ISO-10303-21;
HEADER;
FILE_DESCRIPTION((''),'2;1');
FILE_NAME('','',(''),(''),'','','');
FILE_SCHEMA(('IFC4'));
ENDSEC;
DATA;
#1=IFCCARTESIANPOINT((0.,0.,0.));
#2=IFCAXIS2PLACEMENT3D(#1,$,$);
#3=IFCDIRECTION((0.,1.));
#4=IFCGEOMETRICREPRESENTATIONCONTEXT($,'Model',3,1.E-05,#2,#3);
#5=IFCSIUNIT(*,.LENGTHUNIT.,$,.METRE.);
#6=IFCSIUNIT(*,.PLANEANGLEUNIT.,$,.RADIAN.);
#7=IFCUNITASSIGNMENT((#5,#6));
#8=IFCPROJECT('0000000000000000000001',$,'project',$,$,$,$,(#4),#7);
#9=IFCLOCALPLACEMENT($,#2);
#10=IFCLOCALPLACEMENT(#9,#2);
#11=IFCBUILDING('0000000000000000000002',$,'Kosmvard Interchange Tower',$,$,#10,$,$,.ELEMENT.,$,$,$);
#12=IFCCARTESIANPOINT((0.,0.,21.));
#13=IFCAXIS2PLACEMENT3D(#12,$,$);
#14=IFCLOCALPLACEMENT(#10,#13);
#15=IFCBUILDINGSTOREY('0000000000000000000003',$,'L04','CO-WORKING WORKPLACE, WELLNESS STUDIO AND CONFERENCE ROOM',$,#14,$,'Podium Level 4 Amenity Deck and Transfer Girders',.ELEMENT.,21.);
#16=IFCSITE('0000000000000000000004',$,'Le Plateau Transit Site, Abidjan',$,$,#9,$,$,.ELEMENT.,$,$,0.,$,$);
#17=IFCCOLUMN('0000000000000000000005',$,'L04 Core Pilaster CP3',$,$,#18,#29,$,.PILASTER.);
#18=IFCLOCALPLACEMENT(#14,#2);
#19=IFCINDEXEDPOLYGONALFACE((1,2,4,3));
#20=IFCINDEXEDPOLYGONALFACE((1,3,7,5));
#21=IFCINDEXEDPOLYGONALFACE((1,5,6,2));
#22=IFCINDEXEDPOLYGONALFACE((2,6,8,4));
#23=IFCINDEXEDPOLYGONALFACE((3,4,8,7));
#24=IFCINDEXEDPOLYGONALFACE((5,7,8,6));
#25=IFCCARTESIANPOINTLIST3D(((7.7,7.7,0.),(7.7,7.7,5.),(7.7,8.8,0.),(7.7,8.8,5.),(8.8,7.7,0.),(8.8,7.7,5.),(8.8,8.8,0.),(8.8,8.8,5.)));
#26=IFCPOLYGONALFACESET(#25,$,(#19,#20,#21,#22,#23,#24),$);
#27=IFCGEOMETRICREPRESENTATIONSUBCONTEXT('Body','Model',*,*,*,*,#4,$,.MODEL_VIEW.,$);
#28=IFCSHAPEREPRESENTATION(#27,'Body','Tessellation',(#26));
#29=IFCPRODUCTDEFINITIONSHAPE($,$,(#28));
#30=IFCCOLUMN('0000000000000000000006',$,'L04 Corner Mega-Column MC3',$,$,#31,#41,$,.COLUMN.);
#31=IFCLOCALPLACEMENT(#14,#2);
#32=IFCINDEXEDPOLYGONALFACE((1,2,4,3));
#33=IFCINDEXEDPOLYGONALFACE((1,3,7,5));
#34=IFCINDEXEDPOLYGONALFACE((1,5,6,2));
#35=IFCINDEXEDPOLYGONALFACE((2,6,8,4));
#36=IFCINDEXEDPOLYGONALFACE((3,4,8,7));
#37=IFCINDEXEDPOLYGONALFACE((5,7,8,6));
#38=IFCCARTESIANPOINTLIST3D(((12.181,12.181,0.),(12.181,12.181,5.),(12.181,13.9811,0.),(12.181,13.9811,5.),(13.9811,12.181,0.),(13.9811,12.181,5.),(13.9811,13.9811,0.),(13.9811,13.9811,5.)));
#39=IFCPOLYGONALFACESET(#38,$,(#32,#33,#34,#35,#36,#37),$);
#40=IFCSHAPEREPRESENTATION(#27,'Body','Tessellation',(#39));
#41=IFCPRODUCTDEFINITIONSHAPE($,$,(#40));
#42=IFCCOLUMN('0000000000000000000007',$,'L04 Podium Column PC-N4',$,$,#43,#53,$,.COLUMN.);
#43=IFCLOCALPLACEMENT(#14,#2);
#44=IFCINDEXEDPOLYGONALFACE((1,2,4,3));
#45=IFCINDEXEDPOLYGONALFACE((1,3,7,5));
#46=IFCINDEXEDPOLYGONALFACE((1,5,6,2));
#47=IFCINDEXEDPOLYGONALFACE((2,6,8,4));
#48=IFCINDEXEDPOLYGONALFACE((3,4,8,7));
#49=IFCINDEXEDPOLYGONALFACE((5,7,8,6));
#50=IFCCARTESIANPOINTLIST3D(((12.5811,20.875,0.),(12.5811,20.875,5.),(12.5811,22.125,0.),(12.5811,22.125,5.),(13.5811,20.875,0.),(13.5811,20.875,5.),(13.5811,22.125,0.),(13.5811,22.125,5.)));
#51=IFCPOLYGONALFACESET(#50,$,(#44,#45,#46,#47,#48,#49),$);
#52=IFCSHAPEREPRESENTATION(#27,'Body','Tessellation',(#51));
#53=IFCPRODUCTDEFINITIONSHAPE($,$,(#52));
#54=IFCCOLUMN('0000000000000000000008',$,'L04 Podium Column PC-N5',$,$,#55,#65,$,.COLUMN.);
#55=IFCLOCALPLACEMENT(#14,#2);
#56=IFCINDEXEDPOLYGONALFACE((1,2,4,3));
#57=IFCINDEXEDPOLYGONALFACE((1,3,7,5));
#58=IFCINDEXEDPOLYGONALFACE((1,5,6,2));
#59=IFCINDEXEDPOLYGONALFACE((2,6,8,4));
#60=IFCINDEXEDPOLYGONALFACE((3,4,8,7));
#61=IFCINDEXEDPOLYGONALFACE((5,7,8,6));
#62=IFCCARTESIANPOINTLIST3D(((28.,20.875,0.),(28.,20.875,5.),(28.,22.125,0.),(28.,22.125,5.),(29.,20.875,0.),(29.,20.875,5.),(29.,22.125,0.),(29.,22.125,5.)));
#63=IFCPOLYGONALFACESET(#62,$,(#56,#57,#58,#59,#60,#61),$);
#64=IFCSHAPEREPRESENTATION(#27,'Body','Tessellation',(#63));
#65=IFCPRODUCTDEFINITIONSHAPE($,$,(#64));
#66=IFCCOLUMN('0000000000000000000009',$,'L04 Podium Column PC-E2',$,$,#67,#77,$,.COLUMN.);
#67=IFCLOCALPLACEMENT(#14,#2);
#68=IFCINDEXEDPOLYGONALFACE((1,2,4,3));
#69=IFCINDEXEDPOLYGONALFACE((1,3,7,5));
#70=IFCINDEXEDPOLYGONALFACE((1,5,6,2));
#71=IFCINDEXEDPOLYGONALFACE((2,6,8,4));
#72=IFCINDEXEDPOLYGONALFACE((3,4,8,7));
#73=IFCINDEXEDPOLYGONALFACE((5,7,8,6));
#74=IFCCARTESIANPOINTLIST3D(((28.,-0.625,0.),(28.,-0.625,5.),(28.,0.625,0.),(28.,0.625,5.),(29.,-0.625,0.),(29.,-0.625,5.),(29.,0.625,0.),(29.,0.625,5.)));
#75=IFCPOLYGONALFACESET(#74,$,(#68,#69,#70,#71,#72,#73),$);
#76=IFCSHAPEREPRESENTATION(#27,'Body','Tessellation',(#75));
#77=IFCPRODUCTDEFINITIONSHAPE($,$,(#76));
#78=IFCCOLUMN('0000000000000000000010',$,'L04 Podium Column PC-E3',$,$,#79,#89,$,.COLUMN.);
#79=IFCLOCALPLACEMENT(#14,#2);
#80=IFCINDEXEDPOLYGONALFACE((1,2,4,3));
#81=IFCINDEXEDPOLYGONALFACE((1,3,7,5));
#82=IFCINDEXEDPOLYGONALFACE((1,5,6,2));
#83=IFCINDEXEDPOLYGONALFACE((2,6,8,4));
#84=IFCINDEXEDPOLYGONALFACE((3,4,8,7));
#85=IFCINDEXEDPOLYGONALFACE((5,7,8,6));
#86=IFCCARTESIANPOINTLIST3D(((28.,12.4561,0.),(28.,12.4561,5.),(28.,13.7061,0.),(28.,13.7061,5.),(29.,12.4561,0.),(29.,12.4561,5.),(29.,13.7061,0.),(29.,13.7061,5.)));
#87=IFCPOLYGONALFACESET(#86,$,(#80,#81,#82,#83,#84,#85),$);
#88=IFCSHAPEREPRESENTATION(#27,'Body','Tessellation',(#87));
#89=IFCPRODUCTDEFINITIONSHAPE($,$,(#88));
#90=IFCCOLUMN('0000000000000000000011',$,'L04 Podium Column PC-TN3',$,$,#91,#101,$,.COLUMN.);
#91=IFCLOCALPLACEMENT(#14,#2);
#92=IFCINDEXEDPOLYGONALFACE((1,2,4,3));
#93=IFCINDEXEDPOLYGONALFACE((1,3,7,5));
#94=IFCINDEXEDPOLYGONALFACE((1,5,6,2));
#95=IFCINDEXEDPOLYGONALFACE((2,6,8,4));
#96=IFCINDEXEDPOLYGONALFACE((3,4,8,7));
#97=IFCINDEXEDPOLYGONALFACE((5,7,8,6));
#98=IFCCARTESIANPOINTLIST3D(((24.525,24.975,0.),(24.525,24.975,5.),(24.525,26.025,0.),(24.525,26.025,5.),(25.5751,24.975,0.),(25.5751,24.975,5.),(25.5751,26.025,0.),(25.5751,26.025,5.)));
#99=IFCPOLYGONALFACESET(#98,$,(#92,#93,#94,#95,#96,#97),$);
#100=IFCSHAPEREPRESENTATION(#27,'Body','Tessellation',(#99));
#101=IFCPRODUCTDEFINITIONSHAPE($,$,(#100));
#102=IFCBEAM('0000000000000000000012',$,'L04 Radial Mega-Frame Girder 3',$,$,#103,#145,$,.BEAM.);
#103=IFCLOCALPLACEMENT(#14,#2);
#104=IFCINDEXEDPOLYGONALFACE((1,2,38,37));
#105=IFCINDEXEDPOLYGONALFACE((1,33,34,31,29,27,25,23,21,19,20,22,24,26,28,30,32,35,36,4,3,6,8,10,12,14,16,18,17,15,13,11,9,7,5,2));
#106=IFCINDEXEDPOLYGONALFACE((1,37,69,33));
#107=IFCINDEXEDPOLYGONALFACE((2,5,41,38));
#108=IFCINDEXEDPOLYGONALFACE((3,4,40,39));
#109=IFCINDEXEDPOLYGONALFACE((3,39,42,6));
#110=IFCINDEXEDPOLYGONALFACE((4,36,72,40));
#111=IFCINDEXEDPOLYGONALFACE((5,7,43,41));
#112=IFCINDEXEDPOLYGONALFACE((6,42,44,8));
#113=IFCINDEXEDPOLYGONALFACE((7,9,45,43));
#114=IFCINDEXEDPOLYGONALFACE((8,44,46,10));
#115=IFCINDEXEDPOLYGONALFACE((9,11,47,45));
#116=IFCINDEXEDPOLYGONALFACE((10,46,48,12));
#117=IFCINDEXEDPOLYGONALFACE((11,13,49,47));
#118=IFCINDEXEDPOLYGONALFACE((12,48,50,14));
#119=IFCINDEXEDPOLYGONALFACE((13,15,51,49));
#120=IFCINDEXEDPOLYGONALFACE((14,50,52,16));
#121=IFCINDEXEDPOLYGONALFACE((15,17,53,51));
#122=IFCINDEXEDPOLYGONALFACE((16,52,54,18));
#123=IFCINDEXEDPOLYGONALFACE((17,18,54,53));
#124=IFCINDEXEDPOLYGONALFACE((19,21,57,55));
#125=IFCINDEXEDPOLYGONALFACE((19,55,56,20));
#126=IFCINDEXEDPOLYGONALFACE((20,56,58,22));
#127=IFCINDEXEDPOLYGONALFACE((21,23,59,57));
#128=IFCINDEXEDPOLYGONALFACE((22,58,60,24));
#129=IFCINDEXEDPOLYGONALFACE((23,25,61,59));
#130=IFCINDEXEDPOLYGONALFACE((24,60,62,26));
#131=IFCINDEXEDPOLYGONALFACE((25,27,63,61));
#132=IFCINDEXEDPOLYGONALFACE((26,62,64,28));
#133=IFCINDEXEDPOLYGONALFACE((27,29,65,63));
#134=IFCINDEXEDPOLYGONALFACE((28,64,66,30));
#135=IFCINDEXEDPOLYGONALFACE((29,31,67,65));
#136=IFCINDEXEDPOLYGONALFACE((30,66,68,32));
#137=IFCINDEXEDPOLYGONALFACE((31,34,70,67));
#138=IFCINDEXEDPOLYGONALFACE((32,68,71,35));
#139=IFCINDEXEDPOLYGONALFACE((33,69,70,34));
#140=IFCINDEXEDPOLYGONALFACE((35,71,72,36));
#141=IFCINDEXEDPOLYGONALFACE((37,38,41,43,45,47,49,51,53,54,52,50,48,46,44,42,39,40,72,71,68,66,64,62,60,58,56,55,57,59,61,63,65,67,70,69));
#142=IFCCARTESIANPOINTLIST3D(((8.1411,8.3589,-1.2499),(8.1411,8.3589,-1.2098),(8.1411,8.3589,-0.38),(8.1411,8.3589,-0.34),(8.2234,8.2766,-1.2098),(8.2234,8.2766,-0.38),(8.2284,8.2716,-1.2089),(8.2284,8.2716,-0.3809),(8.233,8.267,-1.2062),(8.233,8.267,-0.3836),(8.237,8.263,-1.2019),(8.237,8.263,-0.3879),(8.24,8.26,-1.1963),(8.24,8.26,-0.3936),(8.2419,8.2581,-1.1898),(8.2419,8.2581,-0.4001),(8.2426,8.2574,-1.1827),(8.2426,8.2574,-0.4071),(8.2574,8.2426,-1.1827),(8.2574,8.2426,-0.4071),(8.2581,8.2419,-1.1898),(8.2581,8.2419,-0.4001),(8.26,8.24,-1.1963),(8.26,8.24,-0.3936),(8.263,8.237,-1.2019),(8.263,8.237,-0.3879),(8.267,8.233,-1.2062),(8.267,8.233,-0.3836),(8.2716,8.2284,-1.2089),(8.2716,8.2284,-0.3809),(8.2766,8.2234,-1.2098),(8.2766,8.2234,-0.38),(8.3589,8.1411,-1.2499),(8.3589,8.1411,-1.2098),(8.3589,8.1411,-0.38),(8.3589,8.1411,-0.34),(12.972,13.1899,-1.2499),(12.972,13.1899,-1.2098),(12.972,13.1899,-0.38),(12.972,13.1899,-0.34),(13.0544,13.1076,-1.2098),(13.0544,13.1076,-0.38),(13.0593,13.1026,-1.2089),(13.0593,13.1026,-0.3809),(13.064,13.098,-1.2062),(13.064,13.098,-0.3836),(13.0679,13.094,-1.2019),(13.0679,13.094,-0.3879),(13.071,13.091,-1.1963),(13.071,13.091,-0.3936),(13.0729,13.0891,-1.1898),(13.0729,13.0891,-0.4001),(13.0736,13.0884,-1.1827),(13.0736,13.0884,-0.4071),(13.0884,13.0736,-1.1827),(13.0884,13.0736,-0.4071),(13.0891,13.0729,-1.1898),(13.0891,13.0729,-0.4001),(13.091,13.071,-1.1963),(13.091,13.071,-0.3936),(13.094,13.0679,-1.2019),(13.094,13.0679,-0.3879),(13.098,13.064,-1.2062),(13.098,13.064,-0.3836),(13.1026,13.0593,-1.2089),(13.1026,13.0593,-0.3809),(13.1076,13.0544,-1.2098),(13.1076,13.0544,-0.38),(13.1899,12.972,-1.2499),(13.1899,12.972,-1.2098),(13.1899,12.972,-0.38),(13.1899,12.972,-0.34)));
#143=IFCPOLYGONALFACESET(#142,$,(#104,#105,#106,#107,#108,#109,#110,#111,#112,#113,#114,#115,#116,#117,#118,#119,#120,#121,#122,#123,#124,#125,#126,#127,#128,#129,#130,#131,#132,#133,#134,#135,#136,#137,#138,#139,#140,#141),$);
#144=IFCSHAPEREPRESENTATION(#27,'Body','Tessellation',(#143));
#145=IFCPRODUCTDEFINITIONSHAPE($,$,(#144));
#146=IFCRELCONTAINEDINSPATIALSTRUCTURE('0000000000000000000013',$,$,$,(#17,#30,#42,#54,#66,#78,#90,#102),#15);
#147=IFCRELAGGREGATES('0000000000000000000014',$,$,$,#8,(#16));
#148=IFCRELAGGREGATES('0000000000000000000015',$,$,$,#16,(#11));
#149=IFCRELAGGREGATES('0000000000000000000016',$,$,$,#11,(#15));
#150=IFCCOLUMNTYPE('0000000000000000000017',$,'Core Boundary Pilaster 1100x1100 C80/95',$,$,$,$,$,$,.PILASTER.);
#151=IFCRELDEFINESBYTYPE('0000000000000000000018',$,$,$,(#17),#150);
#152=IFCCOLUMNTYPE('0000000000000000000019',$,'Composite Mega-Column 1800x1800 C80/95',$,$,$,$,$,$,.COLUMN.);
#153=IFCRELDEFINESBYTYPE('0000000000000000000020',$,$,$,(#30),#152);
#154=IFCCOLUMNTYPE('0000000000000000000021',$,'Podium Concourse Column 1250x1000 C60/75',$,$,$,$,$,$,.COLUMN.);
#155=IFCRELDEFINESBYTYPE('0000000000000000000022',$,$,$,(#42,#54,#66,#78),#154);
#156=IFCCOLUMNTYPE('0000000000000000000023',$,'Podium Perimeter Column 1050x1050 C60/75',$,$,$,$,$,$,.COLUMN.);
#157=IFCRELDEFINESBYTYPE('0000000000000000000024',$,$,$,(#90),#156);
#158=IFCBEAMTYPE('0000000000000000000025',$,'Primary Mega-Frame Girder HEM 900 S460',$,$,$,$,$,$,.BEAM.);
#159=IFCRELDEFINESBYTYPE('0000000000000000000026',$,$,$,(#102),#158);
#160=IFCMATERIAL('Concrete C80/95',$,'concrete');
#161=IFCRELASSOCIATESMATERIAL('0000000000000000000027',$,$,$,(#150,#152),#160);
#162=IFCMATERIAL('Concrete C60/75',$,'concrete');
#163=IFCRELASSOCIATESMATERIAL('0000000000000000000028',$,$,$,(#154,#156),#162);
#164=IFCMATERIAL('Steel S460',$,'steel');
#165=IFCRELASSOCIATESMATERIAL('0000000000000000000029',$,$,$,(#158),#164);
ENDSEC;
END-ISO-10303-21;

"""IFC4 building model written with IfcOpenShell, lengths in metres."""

from ifc_helpers import new_model, si_unit, direction, frame, origin, origin_2d, place, context, subcontext, project, spatial, rectangle, i_section, extrude, source, transform, mapped, material, material_profile, profile_set, type_object, element, save


model = new_model("IFC4")

# Units and contexts
model_context = context("Model", 3, precision=1e-05, world=origin(), true_north=direction((0.0, 1.0)))
body_context = subcontext(model_context, "Body", "Model", "MODEL_VIEW")
ifc_project = project(units=[si_unit("LENGTHUNIT", "METRE"), si_unit("PLANEANGLEUNIT", "RADIAN")], contexts=[model_context])

# Site, building, storey
site_placement = place(None, origin())
site = spatial("IfcSite", under=ifc_project, at=site_placement, Name="Le Plateau Transit Site, Abidjan", CompositionType="ELEMENT", RefElevation=0.0)
building_placement = place(site_placement, origin())
building = spatial("IfcBuilding", under=site, at=building_placement, Name="Kosmvard Interchange Tower", CompositionType="ELEMENT")
storey_placement = place(building_placement, frame((0.0, 0.0, 21.0)))
storey = spatial("IfcBuildingStorey", under=building, at=storey_placement, Name="L04", Description="CO-WORKING WORKPLACE, WELLNESS STUDIO AND CONFERENCE ROOM", LongName="Podium Level 4 Amenity Deck and Transfer Girders", CompositionType="ELEMENT", Elevation=21.0)

# Columns
ifc_material_1 = material(Name="Concrete C80/95", Category="concrete")
ifc_material_profile_1 = material_profile(ifc_material_1, rectangle(XDim=1.1001, YDim=1.1001, at=origin_2d()), Name="CP 1100x1100")
ifc_profile_set_1 = profile_set([ifc_material_profile_1], Name="Concrete C80/95")
column_type_1 = type_object("IfcColumnType", Name="Core Boundary Pilaster 1100x1100 C80/95", PredefinedType="PILASTER", material=ifc_profile_set_1)
shared_shape_1 = source(origin(), body_context, "Body", "SweptSolid", [
    extrude(rectangle(XDim=1.1001, YDim=1.1001, at=origin_2d()), origin(), (0.0, 0.0, 1.0), 5.0),
])
column_1_placement = place(storey_placement, frame((8.25, 8.25, 0.0), z_axis=(0.0, 0.0, 1.0), x_axis=(1.0, 0.0, 0.0)))
element("IfcColumn", 1, at=column_1_placement, inside=storey, type_object=column_type_1, Name="L04 Core Pilaster CP3", PredefinedType="PILASTER", context=body_context, shape_type="MappedRepresentation", body=[
    mapped(shared_shape_1, transform((0.0, 0.0, 0.0), scale=1.0)),
])
ifc_material_profile_2 = material_profile(ifc_material_1, rectangle(XDim=1.8, YDim=1.8, at=origin_2d()), Name="MC 1800x1800")
ifc_profile_set_2 = profile_set([ifc_material_profile_2], Name="Concrete C80/95")
column_type_2 = type_object("IfcColumnType", Name="Composite Mega-Column 1800x1800 C80/95", PredefinedType="COLUMN", material=ifc_profile_set_2)
shared_shape_2 = source(origin(), body_context, "Body", "SweptSolid", [
    extrude(rectangle(XDim=1.8, YDim=1.8, at=origin_2d()), origin(), (0.0, 0.0, 1.0), 5.0),
])
column_2_placement = place(storey_placement, frame((13.0811, 13.0811, 0.0), z_axis=(0.0, 0.0, 1.0), x_axis=(1.0, 0.0, 0.0)))
element("IfcColumn", 2, at=column_2_placement, inside=storey, type_object=column_type_2, Name="L04 Corner Mega-Column MC3", PredefinedType="COLUMN", context=body_context, shape_type="MappedRepresentation", body=[
    mapped(shared_shape_2, transform((0.0, 0.0, 0.0), scale=1.0)),
])
ifc_material_2 = material(Name="Concrete C60/75", Category="concrete")
ifc_material_profile_3 = material_profile(ifc_material_2, rectangle(XDim=1.0, YDim=1.25, at=origin_2d()), Name="PC 1250x1000")
ifc_profile_set_3 = profile_set([ifc_material_profile_3], Name="Concrete C60/75")
column_type_3 = type_object("IfcColumnType", Name="Podium Concourse Column 1250x1000 C60/75", PredefinedType="COLUMN", material=ifc_profile_set_3)
shared_shape_3 = source(origin(), body_context, "Body", "SweptSolid", [
    extrude(rectangle(XDim=1.0, YDim=1.25, at=origin_2d()), origin(), (0.0, 0.0, 1.0), 5.0),
])
for number, where, z_axis, x_axis, name in (
    (3, (13.0811, 21.5, 0.0), (0.0, 0.0, 1.0), (1.0, 0.0, 0.0), "L04 Podium Column PC-N4"),
    (4, (28.5, 21.5, 0.0), (0.0, 0.0, 1.0), (1.0, 0.0, 0.0), "L04 Podium Column PC-N5"),
    (5, (28.5, 0.0, 0.0), (0.0, 0.0, 1.0), (1.0, 0.0, 0.0), "L04 Podium Column PC-E2"),
    (6, (28.5, 13.0811, 0.0), (0.0, 0.0, 1.0), (1.0, 0.0, 0.0), "L04 Podium Column PC-E3"),
):
    element("IfcColumn", number, at=place(storey_placement, frame(where, z_axis=z_axis, x_axis=x_axis)), inside=storey, type_object=column_type_3, Name=name, PredefinedType="COLUMN", context=body_context, shape_type="MappedRepresentation", body=[
        mapped(shared_shape_3, transform((0.0, 0.0, 0.0), scale=1.0)),
    ])
ifc_material_profile_4 = material_profile(ifc_material_2, rectangle(XDim=1.05, YDim=1.05, at=origin_2d()), Name="PC 1050x1050")
ifc_profile_set_4 = profile_set([ifc_material_profile_4], Name="Concrete C60/75")
column_type_4 = type_object("IfcColumnType", Name="Podium Perimeter Column 1050x1050 C60/75", PredefinedType="COLUMN", material=ifc_profile_set_4)
shared_shape_4 = source(origin(), body_context, "Body", "SweptSolid", [
    extrude(rectangle(XDim=1.05, YDim=1.05, at=origin_2d()), origin(), (0.0, 0.0, 1.0), 5.0),
])
column_3_placement = place(storey_placement, frame((25.05, 25.5, 0.0), z_axis=(0.0, 0.0, 1.0), x_axis=(1.0, 0.0, 0.0)))
element("IfcColumn", 7, at=column_3_placement, inside=storey, type_object=column_type_4, Name="L04 Podium Column PC-TN3", PredefinedType="COLUMN", context=body_context, shape_type="MappedRepresentation", body=[
    mapped(shared_shape_4, transform((0.0, 0.0, 0.0), scale=1.0)),
])

# Beam
ifc_material_3 = material(Name="Steel S460", Category="steel")
ifc_material_profile_5 = material_profile(ifc_material_3, i_section(OverallWidth=0.3081, OverallDepth=0.9099, WebThickness=0.021, FlangeThickness=0.04, FilletRadius=0.0271, at=origin_2d()), Name="HEM 900")
ifc_profile_set_5 = profile_set([ifc_material_profile_5], Name="Steel S460")
beam_type_1 = type_object("IfcBeamType", Name="Primary Mega-Frame Girder HEM 900 S460", PredefinedType="BEAM", material=ifc_profile_set_5)
shared_shape_5 = source(origin(), body_context, "Body", "SweptSolid", [
    extrude(i_section(OverallWidth=0.3081, OverallDepth=0.9099, WebThickness=0.021, FlangeThickness=0.04, FilletRadius=0.0271, at=origin_2d()), origin(), (0.0, 0.0, 1.0), 6.832),
])
beam_1_placement = place(storey_placement, frame((8.25, 8.25, -0.7949), z_axis=(0.707107, 0.707107, 0.0), x_axis=(-0.707107, 0.707107, 0.0)))
element("IfcBeam", 8, at=beam_1_placement, inside=storey, type_object=beam_type_1, Name="L04 Radial Mega-Frame Girder 3", PredefinedType="BEAM", context=body_context, shape_type="MappedRepresentation", body=[
    mapped(shared_shape_5, transform((0.0, 0.0, 0.0), scale=1.0)),
])

save(model, "model.ifc")
